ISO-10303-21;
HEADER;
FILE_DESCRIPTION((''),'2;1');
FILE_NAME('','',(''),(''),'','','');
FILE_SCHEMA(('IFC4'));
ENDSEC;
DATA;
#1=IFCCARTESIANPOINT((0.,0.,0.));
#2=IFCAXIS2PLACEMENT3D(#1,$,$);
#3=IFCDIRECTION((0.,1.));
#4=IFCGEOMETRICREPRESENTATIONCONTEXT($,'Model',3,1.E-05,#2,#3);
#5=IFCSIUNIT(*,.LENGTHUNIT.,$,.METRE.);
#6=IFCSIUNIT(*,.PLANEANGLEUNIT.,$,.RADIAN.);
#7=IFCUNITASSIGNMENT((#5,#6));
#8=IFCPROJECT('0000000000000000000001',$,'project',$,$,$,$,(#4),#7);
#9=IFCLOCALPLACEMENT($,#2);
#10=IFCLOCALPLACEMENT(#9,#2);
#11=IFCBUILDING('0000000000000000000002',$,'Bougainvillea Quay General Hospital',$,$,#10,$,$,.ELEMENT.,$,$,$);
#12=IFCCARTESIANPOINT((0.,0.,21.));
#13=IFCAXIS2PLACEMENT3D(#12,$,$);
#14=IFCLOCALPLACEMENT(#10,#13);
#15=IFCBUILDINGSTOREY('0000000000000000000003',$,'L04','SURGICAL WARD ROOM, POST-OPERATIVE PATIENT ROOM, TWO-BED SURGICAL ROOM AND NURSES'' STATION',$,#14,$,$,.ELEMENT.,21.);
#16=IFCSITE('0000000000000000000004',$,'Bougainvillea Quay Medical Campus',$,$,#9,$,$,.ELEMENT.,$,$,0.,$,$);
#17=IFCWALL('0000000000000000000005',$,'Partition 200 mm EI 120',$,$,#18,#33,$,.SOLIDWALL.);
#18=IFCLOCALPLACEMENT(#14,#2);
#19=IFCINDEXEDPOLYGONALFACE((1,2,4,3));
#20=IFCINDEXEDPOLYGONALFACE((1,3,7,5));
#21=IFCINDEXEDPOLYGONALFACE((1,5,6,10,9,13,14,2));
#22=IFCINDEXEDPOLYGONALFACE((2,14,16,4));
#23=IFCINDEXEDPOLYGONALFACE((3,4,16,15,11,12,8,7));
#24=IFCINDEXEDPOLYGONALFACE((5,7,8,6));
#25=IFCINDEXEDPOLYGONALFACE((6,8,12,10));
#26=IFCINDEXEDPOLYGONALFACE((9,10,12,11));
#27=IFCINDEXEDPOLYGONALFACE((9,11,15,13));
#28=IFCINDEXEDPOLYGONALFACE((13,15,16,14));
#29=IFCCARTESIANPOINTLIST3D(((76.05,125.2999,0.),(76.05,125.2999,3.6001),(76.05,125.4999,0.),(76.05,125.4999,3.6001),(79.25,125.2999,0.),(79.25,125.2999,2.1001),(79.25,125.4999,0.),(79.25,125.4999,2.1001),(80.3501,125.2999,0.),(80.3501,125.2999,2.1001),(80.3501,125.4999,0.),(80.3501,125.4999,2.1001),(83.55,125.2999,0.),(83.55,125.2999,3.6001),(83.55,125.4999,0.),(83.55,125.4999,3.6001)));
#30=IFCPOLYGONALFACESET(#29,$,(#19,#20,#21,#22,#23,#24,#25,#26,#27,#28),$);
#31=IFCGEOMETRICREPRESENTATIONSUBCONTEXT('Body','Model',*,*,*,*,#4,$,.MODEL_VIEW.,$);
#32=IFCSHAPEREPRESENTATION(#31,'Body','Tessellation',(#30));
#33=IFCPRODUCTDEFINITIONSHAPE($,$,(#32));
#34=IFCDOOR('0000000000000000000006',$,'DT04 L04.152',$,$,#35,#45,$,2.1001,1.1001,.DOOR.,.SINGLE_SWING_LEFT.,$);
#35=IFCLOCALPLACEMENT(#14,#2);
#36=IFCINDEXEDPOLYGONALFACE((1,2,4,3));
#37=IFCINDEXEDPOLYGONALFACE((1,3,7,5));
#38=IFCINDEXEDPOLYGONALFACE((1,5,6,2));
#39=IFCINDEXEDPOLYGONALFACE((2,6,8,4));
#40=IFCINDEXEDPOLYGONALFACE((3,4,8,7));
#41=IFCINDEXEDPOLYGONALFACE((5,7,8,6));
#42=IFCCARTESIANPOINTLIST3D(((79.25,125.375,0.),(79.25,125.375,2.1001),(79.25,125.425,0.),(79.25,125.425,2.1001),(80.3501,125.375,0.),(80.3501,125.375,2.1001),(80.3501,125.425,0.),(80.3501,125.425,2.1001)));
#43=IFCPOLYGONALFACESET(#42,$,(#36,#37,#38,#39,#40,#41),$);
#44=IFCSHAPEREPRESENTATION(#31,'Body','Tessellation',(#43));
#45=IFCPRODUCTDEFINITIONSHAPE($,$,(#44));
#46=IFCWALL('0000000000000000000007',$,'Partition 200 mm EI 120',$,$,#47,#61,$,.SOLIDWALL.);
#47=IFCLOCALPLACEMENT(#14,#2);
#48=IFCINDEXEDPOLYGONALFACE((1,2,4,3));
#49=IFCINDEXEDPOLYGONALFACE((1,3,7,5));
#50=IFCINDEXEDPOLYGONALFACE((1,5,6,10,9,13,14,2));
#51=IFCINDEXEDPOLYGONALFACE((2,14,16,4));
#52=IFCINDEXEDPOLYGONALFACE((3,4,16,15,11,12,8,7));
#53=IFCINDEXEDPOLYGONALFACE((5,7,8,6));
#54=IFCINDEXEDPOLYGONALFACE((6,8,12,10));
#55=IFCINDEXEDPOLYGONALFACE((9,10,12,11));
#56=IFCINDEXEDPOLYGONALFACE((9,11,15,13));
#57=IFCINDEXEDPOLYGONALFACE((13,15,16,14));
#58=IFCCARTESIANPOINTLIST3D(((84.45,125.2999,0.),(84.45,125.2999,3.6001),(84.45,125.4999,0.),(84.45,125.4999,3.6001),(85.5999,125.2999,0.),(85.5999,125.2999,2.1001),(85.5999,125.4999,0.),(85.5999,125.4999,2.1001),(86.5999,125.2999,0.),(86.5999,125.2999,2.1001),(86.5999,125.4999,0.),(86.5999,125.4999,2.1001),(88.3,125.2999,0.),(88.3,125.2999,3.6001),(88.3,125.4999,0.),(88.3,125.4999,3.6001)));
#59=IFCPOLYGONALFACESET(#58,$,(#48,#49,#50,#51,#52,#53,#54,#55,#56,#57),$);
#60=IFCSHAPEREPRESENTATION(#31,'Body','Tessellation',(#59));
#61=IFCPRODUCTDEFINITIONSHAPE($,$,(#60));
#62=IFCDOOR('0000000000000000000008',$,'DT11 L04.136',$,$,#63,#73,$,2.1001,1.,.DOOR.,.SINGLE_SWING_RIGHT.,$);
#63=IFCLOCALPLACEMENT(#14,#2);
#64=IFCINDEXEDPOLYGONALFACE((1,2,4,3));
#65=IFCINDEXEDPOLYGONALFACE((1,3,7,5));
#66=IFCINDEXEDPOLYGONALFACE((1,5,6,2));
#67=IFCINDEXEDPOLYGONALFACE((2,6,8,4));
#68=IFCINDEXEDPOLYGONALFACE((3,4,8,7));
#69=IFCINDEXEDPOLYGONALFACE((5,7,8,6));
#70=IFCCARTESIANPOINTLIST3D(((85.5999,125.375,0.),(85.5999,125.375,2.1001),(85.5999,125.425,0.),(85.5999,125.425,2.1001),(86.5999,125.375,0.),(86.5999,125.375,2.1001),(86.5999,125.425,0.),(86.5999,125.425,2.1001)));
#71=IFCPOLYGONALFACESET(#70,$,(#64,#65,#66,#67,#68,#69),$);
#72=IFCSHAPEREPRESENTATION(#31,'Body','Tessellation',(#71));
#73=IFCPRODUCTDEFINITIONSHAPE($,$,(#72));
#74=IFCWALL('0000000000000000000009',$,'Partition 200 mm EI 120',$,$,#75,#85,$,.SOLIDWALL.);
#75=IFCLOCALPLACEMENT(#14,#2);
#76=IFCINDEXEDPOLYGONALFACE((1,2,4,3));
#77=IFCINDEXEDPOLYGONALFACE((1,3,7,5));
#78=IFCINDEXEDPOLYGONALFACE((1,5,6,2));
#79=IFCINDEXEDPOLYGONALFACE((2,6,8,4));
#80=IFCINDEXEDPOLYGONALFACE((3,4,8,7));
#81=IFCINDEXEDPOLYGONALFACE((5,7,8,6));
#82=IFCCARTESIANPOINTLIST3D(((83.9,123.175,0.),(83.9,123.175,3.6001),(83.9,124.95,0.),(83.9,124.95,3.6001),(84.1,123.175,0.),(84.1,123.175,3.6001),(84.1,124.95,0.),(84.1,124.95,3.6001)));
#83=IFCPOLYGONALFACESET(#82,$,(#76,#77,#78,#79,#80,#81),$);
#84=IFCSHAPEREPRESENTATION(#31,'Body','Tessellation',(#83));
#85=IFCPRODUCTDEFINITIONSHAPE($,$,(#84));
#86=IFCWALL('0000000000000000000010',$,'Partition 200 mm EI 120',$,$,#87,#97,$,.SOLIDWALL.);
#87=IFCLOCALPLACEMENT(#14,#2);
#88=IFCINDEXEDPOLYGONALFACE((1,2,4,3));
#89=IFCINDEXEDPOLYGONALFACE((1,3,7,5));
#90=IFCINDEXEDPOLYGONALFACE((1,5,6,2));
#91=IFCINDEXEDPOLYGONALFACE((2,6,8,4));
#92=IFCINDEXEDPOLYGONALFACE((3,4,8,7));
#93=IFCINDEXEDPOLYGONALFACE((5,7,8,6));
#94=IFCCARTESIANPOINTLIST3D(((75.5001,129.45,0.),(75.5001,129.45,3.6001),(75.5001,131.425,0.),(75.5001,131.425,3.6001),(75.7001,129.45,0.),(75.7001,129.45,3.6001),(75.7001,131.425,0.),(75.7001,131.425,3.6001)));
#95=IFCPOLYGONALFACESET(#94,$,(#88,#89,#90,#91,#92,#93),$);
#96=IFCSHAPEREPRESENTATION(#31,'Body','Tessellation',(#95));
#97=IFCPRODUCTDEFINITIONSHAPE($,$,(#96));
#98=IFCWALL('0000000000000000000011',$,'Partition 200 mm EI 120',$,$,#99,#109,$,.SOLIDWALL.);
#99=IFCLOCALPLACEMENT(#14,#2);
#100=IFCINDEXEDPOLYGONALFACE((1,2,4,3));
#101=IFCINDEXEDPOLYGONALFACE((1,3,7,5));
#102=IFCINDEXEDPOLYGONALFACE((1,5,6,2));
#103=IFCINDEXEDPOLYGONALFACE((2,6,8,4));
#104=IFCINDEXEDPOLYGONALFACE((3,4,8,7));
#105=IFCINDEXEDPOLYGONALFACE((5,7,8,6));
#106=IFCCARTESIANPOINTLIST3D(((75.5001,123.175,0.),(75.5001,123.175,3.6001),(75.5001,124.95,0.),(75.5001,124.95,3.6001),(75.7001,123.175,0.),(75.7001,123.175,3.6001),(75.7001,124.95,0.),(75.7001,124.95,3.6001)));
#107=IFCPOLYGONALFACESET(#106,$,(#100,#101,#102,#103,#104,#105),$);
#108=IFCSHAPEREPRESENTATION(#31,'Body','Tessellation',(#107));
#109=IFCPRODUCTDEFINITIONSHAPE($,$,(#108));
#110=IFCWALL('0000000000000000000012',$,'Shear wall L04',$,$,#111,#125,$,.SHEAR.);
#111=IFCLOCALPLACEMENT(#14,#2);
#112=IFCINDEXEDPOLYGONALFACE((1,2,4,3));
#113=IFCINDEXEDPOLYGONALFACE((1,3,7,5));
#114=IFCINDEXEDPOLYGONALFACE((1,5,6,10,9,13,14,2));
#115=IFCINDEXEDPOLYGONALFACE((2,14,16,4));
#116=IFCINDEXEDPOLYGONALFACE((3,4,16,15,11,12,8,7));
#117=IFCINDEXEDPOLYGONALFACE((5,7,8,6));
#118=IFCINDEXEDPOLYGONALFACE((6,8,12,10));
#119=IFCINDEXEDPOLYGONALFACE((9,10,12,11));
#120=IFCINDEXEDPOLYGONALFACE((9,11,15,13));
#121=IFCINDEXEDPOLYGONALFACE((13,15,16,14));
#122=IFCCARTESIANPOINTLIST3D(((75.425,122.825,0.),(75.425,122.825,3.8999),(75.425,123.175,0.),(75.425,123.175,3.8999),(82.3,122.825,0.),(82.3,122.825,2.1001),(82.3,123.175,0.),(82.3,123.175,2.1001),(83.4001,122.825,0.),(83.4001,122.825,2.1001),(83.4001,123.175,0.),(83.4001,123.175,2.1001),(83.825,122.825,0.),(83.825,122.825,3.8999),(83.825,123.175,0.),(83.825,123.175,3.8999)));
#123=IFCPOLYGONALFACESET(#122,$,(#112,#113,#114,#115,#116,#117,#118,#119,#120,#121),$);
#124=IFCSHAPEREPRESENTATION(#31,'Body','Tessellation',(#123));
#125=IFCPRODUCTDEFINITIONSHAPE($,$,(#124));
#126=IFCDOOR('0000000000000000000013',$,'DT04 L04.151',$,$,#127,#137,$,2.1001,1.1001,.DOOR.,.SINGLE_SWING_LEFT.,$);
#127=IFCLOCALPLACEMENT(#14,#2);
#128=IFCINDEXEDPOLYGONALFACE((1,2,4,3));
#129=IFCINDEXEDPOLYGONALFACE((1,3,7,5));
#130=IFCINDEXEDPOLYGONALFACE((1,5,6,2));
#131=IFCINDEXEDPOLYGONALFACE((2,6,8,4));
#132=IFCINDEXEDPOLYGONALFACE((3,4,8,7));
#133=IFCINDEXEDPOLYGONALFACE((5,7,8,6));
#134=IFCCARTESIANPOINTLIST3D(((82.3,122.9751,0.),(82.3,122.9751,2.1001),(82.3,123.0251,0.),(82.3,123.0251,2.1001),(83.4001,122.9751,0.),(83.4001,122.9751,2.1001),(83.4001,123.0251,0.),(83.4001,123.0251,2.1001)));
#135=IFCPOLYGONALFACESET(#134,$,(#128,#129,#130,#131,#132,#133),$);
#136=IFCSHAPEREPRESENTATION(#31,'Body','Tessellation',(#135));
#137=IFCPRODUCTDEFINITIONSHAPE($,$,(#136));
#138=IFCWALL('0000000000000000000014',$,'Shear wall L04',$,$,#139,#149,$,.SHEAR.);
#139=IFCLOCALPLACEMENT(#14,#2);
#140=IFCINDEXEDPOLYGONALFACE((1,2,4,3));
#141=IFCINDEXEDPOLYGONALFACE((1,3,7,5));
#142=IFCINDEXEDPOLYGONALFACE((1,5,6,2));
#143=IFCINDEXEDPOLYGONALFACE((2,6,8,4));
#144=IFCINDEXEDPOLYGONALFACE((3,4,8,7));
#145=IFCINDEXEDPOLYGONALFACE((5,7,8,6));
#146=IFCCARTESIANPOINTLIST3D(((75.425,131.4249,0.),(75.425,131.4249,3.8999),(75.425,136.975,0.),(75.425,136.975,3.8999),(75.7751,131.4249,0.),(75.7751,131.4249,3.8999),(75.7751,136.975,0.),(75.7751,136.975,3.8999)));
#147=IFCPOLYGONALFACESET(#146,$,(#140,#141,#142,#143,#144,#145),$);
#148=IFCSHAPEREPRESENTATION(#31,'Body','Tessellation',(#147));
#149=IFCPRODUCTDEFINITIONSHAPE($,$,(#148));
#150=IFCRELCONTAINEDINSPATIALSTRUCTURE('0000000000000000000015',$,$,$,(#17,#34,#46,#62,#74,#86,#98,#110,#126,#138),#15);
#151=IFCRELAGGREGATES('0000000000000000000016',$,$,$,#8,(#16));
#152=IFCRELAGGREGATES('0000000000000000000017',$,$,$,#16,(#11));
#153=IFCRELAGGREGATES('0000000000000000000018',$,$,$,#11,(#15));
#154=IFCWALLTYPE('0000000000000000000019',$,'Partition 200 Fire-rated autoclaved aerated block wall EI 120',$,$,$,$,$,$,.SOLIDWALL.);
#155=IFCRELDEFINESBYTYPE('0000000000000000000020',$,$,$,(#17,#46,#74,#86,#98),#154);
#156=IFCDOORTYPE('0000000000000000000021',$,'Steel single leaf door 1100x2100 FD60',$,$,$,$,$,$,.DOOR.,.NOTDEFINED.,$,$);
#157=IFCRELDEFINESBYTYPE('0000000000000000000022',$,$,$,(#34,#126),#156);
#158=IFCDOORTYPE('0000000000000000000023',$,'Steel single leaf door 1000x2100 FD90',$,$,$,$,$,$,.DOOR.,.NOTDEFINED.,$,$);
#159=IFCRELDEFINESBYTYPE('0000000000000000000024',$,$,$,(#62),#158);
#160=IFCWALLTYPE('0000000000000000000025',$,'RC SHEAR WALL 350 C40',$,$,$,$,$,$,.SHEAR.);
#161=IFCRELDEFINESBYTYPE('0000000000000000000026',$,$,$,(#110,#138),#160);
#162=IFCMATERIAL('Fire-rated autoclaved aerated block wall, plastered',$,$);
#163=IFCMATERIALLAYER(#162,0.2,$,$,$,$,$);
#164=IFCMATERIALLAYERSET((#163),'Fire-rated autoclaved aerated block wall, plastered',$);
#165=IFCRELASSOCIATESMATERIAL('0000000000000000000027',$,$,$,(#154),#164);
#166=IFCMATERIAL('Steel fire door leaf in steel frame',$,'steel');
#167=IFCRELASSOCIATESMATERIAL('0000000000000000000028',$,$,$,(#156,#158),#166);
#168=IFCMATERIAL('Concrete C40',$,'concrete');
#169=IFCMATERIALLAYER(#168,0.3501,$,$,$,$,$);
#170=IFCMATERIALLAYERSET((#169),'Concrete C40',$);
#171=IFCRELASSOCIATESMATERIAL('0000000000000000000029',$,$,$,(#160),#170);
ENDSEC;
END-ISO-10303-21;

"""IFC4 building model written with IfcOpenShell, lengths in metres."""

from ifc_helpers import new_model, si_unit, direction, frame, frame_2d, origin, place, context, subcontext, project, spatial, rectangle, extrude, material, layer, layer_set, type_object, element, fill, save


model = new_model("IFC4")

# Units and contexts
model_context = context("Model", 3, precision=1e-05, world=origin(), true_north=direction((0.0, 1.0)))
body_context = subcontext(model_context, "Body", "Model", "MODEL_VIEW")
ifc_project = project(units=[si_unit("LENGTHUNIT", "METRE"), si_unit("PLANEANGLEUNIT", "RADIAN")], contexts=[model_context])

# Site, building, storey
site_placement = place(None, origin())
site = spatial("IfcSite", under=ifc_project, at=site_placement, Name="Bougainvillea Quay Medical Campus", CompositionType="ELEMENT", RefElevation=0.0)
building_placement = place(site_placement, origin())
building = spatial("IfcBuilding", under=site, at=building_placement, Name="Bougainvillea Quay General Hospital", CompositionType="ELEMENT")
storey_placement = place(building_placement, frame((0.0, 0.0, 21.0)))
storey = spatial("IfcBuildingStorey", under=building, at=storey_placement, Name="L04", Description="SURGICAL WARD ROOM, POST-OPERATIVE PATIENT ROOM, TWO-BED SURGICAL ROOM AND NURSES' STATION", CompositionType="ELEMENT", Elevation=21.0)

# Shared definitions
ifc_material_1 = material(Name="Concrete C40", Category="concrete")

# Walls, openings, doors
ifc_material_2 = material(Name="Fire-rated autoclaved aerated block wall, plastered")
ifc_layer_1 = layer(ifc_material_2, 0.2)
ifc_layer_set_1 = layer_set([ifc_layer_1], Name="Fire-rated autoclaved aerated block wall, plastered")
wall_type_1 = type_object("IfcWallType", Name="Partition 200 Fire-rated autoclaved aerated block wall EI 120", PredefinedType="SOLIDWALL", material=ifc_layer_set_1)
wall_1_placement = place(storey_placement, frame((76.05, 125.3999, 0.0), z_axis=(0.0, 0.0, 1.0), x_axis=(1.0, 0.0, 0.0)))
wall_1 = element("IfcWall", 1, at=wall_1_placement, inside=storey, type_object=wall_type_1, Name="Partition 200 mm EI 120", PredefinedType="SOLIDWALL", context=body_context, shape_type="SweptSolid", body=[
    extrude(rectangle(XDim=7.5, YDim=0.2, at=frame_2d((3.75, 0.0))), origin(), (0.0, 0.0, 1.0), 3.6001),
])
opening_1_placement = place(wall_1_placement, frame((3.2, 0.0, 0.0)))
opening_1 = element("IfcOpeningElement", 2, at=opening_1_placement, cuts=wall_1, PredefinedType="OPENING", context=body_context, shape_type="SweptSolid", body=[
    extrude(rectangle(XDim=1.1001, YDim=2.1001, at=frame_2d((0.55, 1.05))), frame((0.0, 0.1099, 0.0), z_axis=(0.0, -1.0, 0.0), x_axis=(1.0, 0.0, 0.0)), (0.0, 0.0, 1.0), 0.22),
])
ifc_material_3 = material(Name="Steel fire door leaf in steel frame", Category="steel")
door_type_1 = type_object("IfcDoorType", Name="Steel single leaf door 1100x2100 FD60", OperationType="NOTDEFINED", PredefinedType="DOOR", material=ifc_material_3)
door_1_placement = place(opening_1_placement, frame((1.1001, 0.0, 0.0), z_axis=(0.0, 0.0, 1.0), x_axis=(-1.0, 0.0, 0.0)))
door_1 = element("IfcDoor", 3, at=door_1_placement, inside=storey, type_object=door_type_1, Name="DT04 L04.152", OperationType="SINGLE_SWING_LEFT", OverallHeight=2.1001, OverallWidth=1.1001, PredefinedType="DOOR", context=body_context, shape_type="SweptSolid", body=[
    extrude(rectangle(XDim=1.1001, YDim=2.1001, at=frame_2d((0.55, 1.05))), frame((0.0, 0.0249, 0.0), z_axis=(0.0, -1.0, 0.0), x_axis=(1.0, 0.0, 0.0)), (0.0, 0.0, 1.0), 0.05),
])
fill(opening_1, door_1)
wall_2_placement = place(storey_placement, frame((84.45, 125.3999, 0.0), z_axis=(0.0, 0.0, 1.0), x_axis=(1.0, 0.0, 0.0)))
wall_2 = element("IfcWall", 4, at=wall_2_placement, inside=storey, type_object=wall_type_1, Name="Partition 200 mm EI 120", PredefinedType="SOLIDWALL", context=body_context, shape_type="SweptSolid", body=[
    extrude(rectangle(XDim=3.8501, YDim=0.2, at=frame_2d((1.925, 0.0))), origin(), (0.0, 0.0, 1.0), 3.6001),
])
opening_2_placement = place(wall_2_placement, frame((1.1499, 0.0, 0.0)))
opening_2 = element("IfcOpeningElement", 5, at=opening_2_placement, cuts=wall_2, PredefinedType="OPENING", context=body_context, shape_type="SweptSolid", body=[
    extrude(rectangle(XDim=1.0, YDim=2.1001, at=frame_2d((0.5, 1.05))), frame((0.0, 0.1099, 0.0), z_axis=(0.0, -1.0, 0.0), x_axis=(1.0, 0.0, 0.0)), (0.0, 0.0, 1.0), 0.22),
])
door_type_2 = type_object("IfcDoorType", Name="Steel single leaf door 1000x2100 FD90", OperationType="NOTDEFINED", PredefinedType="DOOR", material=ifc_material_3)
door_2_placement = place(opening_2_placement, frame((1.0, 0.0, 0.0), z_axis=(0.0, 0.0, 1.0), x_axis=(-1.0, 0.0, 0.0)))
door_2 = element("IfcDoor", 6, at=door_2_placement, inside=storey, type_object=door_type_2, Name="DT11 L04.136", OperationType="SINGLE_SWING_RIGHT", OverallHeight=2.1001, OverallWidth=1.0, PredefinedType="DOOR", context=body_context, shape_type="SweptSolid", body=[
    extrude(rectangle(XDim=1.0, YDim=2.1001, at=frame_2d((0.5, 1.05))), frame((0.0, 0.0249, 0.0), z_axis=(0.0, -1.0, 0.0), x_axis=(1.0, 0.0, 0.0)), (0.0, 0.0, 1.0), 0.05),
])
fill(opening_2, door_2)

# Walls
wall_3_placement = place(storey_placement, frame((84.0, 123.175, 0.0), z_axis=(0.0, 0.0, 1.0), x_axis=(0.0, 1.0, 0.0)))
element("IfcWall", 7, at=wall_3_placement, inside=storey, type_object=wall_type_1, Name="Partition 200 mm EI 120", PredefinedType="SOLIDWALL", context=body_context, shape_type="SweptSolid", body=[
    extrude(rectangle(XDim=1.7749, YDim=0.2, at=frame_2d((0.8875, 0.0))), origin(), (0.0, 0.0, 1.0), 3.6001),
])
wall_4_placement = place(storey_placement, frame((75.6001, 129.45, 0.0), z_axis=(0.0, 0.0, 1.0), x_axis=(0.0, 1.0, 0.0)))
element("IfcWall", 8, at=wall_4_placement, inside=storey, type_object=wall_type_1, Name="Partition 200 mm EI 120", PredefinedType="SOLIDWALL", context=body_context, shape_type="SweptSolid", body=[
    extrude(rectangle(XDim=1.9751, YDim=0.2, at=frame_2d((0.9875, 0.0))), origin(), (0.0, 0.0, 1.0), 3.6001),
])
wall_5_placement = place(storey_placement, frame((75.6001, 123.175, 0.0), z_axis=(0.0, 0.0, 1.0), x_axis=(0.0, 1.0, 0.0)))
element("IfcWall", 9, at=wall_5_placement, inside=storey, type_object=wall_type_1, Name="Partition 200 mm EI 120", PredefinedType="SOLIDWALL", context=body_context, shape_type="SweptSolid", body=[
    extrude(rectangle(XDim=1.7749, YDim=0.2, at=frame_2d((0.8875, 0.0))), origin(), (0.0, 0.0, 1.0), 3.6001),
])

# Wall, opening, door
ifc_layer_2 = layer(ifc_material_1, 0.3501)
ifc_layer_set_2 = layer_set([ifc_layer_2], Name="Concrete C40")
wall_type_2 = type_object("IfcWallType", Name="RC SHEAR WALL 350 C40", PredefinedType="SHEAR", material=ifc_layer_set_2)
wall_6_placement = place(storey_placement, frame((75.425, 123.0, 0.0), z_axis=(0.0, 0.0, 1.0), x_axis=(1.0, 0.0, 0.0)))
wall_6 = element("IfcWall", 10, at=wall_6_placement, inside=storey, type_object=wall_type_2, Name="Shear wall L04", PredefinedType="SHEAR", context=body_context, shape_type="SweptSolid", body=[
    extrude(rectangle(XDim=8.3999, YDim=0.3501, at=frame_2d((4.2, 0.0))), origin(), (0.0, 0.0, 1.0), 3.8999),
])
opening_3_placement = place(wall_6_placement, frame((6.875, 0.0, 0.0)))
opening_3 = element("IfcOpeningElement", 11, at=opening_3_placement, cuts=wall_6, PredefinedType="OPENING", context=body_context, shape_type="SweptSolid", body=[
    extrude(rectangle(XDim=1.1001, YDim=2.1001, at=frame_2d((0.55, 1.05))), frame((0.0, 0.1851, 0.0), z_axis=(0.0, -1.0, 0.0), x_axis=(1.0, 0.0, 0.0)), (0.0, 0.0, 1.0), 0.3701),
])
door_3_placement = place(opening_3_placement, frame((1.1001, 0.0, 0.0), z_axis=(0.0, 0.0, 1.0), x_axis=(-1.0, 0.0, 0.0)))
door_3 = element("IfcDoor", 12, at=door_3_placement, inside=storey, type_object=door_type_1, Name="DT04 L04.151", OperationType="SINGLE_SWING_LEFT", OverallHeight=2.1001, OverallWidth=1.1001, PredefinedType="DOOR", context=body_context, shape_type="SweptSolid", body=[
    extrude(rectangle(XDim=1.1001, YDim=2.1001, at=frame_2d((0.55, 1.05))), frame((0.0, 0.0249, 0.0), z_axis=(0.0, -1.0, 0.0), x_axis=(1.0, 0.0, 0.0)), (0.0, 0.0, 1.0), 0.05),
])
fill(opening_3, door_3)

# Wall
wall_7_placement = place(storey_placement, frame((75.6001, 131.425, 0.0), z_axis=(0.0, 0.0, 1.0), x_axis=(0.0, 1.0, 0.0)))
element("IfcWall", 13, at=wall_7_placement, inside=storey, type_object=wall_type_2, Name="Shear wall L04", PredefinedType="SHEAR", context=body_context, shape_type="SweptSolid", body=[
    extrude(rectangle(XDim=5.55, YDim=0.3501, at=frame_2d((2.7749, 0.0))), origin(), (0.0, 0.0, 1.0), 3.8999),
])

save(model, "model.ifc")
